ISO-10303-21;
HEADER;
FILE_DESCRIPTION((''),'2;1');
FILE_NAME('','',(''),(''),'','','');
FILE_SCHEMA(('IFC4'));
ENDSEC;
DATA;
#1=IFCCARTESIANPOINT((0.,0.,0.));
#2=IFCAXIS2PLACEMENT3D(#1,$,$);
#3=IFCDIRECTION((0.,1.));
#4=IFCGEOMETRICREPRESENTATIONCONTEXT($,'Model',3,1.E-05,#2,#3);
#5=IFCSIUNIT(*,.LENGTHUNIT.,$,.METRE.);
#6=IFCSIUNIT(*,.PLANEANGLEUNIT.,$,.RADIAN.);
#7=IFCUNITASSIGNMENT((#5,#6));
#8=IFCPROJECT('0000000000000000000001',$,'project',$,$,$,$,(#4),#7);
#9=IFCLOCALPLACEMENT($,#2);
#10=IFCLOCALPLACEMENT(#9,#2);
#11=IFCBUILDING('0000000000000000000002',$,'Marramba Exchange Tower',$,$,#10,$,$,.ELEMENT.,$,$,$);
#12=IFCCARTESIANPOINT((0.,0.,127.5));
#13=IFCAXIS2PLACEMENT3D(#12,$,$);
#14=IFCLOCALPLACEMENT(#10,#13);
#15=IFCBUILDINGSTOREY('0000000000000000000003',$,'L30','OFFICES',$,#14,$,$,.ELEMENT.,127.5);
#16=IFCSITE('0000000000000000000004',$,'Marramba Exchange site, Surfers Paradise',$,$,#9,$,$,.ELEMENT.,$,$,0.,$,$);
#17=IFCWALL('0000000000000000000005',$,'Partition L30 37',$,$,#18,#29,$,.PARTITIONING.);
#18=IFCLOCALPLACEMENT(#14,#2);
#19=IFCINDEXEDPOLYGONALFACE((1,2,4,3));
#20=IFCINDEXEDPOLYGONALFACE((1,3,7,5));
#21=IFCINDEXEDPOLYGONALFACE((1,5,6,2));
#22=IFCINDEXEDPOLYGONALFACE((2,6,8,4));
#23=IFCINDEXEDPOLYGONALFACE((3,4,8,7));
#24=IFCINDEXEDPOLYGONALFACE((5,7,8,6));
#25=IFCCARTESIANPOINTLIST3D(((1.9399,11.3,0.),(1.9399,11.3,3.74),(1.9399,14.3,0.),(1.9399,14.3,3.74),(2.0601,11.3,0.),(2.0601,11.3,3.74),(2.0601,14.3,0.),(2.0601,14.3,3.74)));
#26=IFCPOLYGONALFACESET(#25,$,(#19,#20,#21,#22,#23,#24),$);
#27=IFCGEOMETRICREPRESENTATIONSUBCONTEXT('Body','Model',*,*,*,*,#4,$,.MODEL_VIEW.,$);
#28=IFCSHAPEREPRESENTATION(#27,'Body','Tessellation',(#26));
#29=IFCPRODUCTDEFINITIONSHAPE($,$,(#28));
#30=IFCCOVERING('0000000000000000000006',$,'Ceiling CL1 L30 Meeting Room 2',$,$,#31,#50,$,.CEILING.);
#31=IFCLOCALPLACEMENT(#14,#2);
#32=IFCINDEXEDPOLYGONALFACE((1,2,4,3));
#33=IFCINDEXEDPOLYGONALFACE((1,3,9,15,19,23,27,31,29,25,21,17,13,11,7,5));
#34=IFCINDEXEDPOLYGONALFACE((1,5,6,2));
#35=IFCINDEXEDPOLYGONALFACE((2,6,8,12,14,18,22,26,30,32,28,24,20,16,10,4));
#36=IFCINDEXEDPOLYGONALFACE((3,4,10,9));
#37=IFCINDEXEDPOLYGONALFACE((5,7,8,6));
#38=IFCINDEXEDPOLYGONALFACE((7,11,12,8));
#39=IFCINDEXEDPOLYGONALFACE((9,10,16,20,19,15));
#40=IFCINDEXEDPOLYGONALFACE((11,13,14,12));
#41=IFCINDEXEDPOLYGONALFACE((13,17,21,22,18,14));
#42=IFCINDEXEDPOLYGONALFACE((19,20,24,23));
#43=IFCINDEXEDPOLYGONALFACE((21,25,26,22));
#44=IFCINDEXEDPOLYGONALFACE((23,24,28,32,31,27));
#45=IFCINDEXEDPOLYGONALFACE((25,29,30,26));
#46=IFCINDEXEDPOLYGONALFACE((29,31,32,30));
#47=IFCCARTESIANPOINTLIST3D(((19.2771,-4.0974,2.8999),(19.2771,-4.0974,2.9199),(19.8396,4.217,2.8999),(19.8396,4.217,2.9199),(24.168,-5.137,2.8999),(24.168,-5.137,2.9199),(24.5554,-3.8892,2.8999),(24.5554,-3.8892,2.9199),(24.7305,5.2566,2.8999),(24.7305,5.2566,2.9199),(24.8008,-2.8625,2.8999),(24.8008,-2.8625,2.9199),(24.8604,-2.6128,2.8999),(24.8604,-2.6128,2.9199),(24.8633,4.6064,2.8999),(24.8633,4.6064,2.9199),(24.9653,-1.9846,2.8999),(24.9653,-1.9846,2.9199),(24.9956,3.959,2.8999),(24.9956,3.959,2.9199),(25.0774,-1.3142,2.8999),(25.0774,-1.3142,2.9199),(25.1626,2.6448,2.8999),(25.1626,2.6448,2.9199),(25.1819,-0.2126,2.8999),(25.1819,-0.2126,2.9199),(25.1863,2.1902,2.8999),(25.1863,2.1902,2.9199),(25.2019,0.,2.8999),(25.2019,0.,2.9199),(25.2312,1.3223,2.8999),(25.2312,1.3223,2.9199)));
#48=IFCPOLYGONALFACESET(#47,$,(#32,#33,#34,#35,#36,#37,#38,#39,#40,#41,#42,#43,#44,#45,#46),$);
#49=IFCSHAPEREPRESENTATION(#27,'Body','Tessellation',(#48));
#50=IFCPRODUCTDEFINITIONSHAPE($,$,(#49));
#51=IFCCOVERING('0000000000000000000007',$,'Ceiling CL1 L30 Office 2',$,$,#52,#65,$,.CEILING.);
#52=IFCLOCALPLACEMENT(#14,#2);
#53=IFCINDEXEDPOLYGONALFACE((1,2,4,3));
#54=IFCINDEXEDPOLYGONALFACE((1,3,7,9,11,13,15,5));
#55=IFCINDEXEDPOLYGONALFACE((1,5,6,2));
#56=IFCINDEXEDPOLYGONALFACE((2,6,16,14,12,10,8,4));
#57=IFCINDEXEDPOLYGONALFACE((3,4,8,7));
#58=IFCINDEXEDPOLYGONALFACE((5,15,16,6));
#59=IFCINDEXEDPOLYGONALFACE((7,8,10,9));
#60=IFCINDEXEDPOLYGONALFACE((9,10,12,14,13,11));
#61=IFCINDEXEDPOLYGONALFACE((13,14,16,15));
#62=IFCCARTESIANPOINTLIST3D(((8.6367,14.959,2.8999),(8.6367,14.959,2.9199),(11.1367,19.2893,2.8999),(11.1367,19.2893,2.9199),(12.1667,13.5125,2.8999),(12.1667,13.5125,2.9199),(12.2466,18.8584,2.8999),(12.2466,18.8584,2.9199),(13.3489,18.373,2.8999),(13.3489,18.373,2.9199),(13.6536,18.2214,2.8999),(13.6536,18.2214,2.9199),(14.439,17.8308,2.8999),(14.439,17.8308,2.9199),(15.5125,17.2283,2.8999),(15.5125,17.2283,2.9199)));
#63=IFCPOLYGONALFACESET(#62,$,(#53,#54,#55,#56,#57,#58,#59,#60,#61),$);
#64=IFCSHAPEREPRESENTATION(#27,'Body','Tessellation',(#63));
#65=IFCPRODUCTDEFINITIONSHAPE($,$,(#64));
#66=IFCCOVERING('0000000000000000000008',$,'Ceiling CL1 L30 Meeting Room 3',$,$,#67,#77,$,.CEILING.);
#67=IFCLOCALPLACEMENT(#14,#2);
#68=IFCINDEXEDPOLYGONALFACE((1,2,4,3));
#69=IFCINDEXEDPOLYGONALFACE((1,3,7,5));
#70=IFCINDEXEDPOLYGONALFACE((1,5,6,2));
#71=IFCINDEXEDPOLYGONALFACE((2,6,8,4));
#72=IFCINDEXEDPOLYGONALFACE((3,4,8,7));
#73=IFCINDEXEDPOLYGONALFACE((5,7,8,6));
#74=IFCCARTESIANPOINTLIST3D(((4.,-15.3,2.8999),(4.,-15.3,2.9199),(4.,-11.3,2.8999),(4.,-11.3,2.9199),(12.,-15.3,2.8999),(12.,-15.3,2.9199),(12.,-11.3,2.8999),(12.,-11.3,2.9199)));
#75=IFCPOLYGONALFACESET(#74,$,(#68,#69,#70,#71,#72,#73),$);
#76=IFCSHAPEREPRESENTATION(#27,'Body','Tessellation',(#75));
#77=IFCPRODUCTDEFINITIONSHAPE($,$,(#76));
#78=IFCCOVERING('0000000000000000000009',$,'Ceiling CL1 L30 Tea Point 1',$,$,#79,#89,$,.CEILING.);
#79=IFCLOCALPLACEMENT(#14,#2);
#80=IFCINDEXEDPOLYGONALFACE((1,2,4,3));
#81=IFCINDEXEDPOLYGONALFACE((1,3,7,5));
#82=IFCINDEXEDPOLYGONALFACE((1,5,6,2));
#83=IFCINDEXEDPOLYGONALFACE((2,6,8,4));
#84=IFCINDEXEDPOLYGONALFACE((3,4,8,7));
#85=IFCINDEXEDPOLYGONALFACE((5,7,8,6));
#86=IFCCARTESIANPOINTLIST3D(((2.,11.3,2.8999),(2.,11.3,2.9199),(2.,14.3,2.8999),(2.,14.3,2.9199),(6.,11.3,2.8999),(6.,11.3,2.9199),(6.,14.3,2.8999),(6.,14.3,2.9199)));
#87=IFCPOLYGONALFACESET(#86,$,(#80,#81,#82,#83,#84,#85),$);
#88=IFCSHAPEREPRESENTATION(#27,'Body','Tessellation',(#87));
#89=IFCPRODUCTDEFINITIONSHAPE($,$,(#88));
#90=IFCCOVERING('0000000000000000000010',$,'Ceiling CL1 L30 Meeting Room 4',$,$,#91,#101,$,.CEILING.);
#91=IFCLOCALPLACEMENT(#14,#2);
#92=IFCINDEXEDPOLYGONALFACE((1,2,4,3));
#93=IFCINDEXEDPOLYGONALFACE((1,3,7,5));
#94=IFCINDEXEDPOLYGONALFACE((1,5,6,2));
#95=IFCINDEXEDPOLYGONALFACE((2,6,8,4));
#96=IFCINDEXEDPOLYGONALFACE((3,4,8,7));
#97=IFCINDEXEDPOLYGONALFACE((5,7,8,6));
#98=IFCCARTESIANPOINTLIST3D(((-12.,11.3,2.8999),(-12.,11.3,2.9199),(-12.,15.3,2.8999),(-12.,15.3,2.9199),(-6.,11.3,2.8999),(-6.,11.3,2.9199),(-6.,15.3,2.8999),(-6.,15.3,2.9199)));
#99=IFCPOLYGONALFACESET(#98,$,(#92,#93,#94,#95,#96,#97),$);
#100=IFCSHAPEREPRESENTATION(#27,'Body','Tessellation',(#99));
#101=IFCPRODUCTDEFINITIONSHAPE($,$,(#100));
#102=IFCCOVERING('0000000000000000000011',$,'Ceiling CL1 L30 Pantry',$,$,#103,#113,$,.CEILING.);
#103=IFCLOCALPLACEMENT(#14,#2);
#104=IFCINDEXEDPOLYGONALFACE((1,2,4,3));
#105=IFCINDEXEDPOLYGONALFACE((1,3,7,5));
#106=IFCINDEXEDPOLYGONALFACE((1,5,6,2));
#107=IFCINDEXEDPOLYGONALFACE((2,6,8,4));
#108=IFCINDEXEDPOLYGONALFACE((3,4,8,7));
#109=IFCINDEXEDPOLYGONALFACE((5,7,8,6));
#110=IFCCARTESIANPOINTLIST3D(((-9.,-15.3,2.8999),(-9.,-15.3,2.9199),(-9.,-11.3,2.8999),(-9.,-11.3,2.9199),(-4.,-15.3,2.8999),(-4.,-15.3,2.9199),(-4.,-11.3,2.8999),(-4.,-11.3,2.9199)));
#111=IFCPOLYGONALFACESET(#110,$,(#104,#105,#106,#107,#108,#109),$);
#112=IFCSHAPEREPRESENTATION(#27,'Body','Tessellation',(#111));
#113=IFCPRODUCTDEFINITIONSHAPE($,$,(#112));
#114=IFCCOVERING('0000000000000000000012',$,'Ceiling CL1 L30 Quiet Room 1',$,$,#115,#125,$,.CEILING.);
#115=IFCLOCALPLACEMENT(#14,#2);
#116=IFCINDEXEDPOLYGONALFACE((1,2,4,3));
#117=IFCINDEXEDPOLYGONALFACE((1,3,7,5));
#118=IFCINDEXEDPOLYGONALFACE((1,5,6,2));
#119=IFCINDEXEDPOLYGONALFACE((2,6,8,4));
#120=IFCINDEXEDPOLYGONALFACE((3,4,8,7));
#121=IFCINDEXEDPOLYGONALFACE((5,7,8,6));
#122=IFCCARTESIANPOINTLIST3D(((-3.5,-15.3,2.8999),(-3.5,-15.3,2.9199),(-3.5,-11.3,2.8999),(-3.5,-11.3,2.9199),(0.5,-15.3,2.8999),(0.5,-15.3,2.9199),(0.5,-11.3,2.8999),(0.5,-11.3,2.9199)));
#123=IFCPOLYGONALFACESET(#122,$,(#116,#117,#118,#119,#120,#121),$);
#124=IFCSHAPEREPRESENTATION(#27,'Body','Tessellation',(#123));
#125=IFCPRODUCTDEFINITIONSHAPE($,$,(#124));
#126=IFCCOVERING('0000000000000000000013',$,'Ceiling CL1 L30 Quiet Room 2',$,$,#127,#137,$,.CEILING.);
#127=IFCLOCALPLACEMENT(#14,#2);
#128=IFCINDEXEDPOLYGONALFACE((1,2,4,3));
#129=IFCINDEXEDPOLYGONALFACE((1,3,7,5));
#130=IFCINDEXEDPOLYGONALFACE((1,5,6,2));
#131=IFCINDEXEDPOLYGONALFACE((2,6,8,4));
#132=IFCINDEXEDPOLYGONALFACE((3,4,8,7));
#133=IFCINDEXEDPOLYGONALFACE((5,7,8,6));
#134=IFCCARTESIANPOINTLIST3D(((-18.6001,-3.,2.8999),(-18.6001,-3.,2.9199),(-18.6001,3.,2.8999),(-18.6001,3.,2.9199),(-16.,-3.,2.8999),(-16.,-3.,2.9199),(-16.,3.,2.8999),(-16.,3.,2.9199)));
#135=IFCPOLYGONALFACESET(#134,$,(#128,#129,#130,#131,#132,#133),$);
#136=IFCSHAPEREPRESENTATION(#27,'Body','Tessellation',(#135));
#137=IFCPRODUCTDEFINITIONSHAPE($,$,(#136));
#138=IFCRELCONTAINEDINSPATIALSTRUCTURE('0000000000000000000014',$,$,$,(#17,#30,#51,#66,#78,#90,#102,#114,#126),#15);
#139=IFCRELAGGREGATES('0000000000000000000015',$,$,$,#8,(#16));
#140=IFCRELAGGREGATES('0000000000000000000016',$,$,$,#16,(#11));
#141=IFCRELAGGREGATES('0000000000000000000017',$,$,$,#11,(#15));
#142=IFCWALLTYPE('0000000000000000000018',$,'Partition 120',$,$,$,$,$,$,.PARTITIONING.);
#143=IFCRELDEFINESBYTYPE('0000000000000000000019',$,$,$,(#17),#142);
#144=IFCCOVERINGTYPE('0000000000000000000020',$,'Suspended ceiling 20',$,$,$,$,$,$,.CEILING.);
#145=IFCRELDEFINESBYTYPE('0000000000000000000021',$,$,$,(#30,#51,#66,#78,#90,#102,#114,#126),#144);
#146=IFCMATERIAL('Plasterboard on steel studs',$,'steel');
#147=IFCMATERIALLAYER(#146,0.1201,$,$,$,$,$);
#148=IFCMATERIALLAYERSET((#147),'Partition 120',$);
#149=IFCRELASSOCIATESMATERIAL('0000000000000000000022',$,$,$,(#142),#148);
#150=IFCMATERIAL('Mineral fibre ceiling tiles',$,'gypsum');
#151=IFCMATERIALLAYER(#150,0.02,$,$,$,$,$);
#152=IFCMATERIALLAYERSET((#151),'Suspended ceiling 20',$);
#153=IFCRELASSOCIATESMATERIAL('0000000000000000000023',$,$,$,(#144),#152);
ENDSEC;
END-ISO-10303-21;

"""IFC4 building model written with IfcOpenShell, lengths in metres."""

from ifc_helpers import new_model, si_unit, direction, frame, frame_2d, origin, place, context, subcontext, project, spatial, polyline, rectangle, outline, extrude, material, layer, layer_set, type_object, element, save


model = new_model("IFC4")

# Units and contexts
model_context = context("Model", 3, precision=1e-05, world=origin(), true_north=direction((0.0, 1.0)))
body_context = subcontext(model_context, "Body", "Model", "MODEL_VIEW")
ifc_project = project(units=[si_unit("LENGTHUNIT", "METRE"), si_unit("PLANEANGLEUNIT", "RADIAN")], contexts=[model_context])

# Site, building, storey
site_placement = place(None, origin())
site = spatial("IfcSite", under=ifc_project, at=site_placement, Name="Marramba Exchange site, Surfers Paradise", CompositionType="ELEMENT", RefElevation=0.0)
building_placement = place(site_placement, origin())
building = spatial("IfcBuilding", under=site, at=building_placement, Name="Marramba Exchange Tower", CompositionType="ELEMENT")
storey_placement = place(building_placement, frame((0.0, 0.0, 127.5)))
storey = spatial("IfcBuildingStorey", under=building, at=storey_placement, Name="L30", Description="OFFICES", CompositionType="ELEMENT", Elevation=127.5)

# Shared definitions
ifc_material_1 = material(Name="Plasterboard on steel studs", Category="steel")
ifc_layer_1 = layer(ifc_material_1, 0.1201)
ifc_layer_set_1 = layer_set([ifc_layer_1], Name="Partition 120")
wall_type_1 = type_object("IfcWallType", Name="Partition 120", PredefinedType="PARTITIONING", material=ifc_layer_set_1)

# Wall
wall_1_placement = place(storey_placement, frame((2.0, 14.3, 0.0), z_axis=(0.0, 0.0, 1.0), x_axis=(0.0, -1.0, 0.0)))
element("IfcWall", 1, at=wall_1_placement, inside=storey, type_object=wall_type_1, Name="Partition L30 37", PredefinedType="PARTITIONING", context=body_context, shape_type="SweptSolid", body=[
    extrude(rectangle(XDim=3.0, YDim=0.1201, at=frame_2d((1.5, 0.0))), origin(), (0.0, 0.0, 1.0), 3.74),
])

# Coverings
ifc_material_2 = material(Name="Mineral fibre ceiling tiles", Category="gypsum")
ifc_layer_2 = layer(ifc_material_2, 0.02)
ifc_layer_set_2 = layer_set([ifc_layer_2], Name="Suspended ceiling 20")
covering_type = type_object("IfcCoveringType", Name="Suspended ceiling 20", PredefinedType="CEILING", material=ifc_layer_set_2)
covering_1_placement = place(storey_placement, frame((0.0, 0.0, 2.8999)))
element("IfcCovering", 2, at=covering_1_placement, inside=storey, type_object=covering_type, Name="Ceiling CL1 L30 Meeting Room 2", PredefinedType="CEILING", context=body_context, shape_type="SweptSolid", body=[
    extrude(outline(polyline([(24.8633, 4.6064), (24.9956, 3.959), (25.1626, 2.6448), (25.1863, 2.1902), (25.2312, 1.3223), (25.2019, 0.0), (25.1819, -0.2126), (25.0774, -1.3142), (24.9653, -1.9846), (24.8604, -2.6128), (24.8008, -2.8625), (24.5554, -3.8892), (24.168, -5.137), (19.2771, -4.0974), (19.8396, 4.217), (24.7305, 5.2566), (24.8633, 4.6064)])), origin(), (0.0, 0.0, 1.0), 0.02),
])
covering_2_placement = place(storey_placement, frame((0.0, 0.0, 2.8999)))
element("IfcCovering", 3, at=covering_2_placement, inside=storey, type_object=covering_type, Name="Ceiling CL1 L30 Office 2", PredefinedType="CEILING", context=body_context, shape_type="SweptSolid", body=[
    extrude(outline(polyline([(12.2466, 18.8584), (13.3489, 18.373), (13.6536, 18.2214), (14.439, 17.8308), (15.5125, 17.2283), (12.1667, 13.5125), (8.6367, 14.959), (11.1367, 19.2893), (12.2466, 18.8584)])), origin(), (0.0, 0.0, 1.0), 0.02),
])
covering_3_placement = place(storey_placement, frame((0.0, 0.0, 2.8999)))
element("IfcCovering", 4, at=covering_3_placement, inside=storey, type_object=covering_type, Name="Ceiling CL1 L30 Meeting Room 3", PredefinedType="CEILING", context=body_context, shape_type="SweptSolid", body=[
    extrude(outline(polyline([(12.0, -15.3), (4.0, -15.3), (4.0, -11.3), (12.0, -11.3), (12.0, -15.3)])), origin(), (0.0, 0.0, 1.0), 0.02),
])
covering_4_placement = place(storey_placement, frame((0.0, 0.0, 2.8999)))
element("IfcCovering", 5, at=covering_4_placement, inside=storey, type_object=covering_type, Name="Ceiling CL1 L30 Tea Point 1", PredefinedType="CEILING", context=body_context, shape_type="SweptSolid", body=[
    extrude(outline(polyline([(6.0, 11.3), (2.0, 11.3), (2.0, 14.3), (6.0, 14.3), (6.0, 11.3)])), origin(), (0.0, 0.0, 1.0), 0.02),
])
covering_5_placement = place(storey_placement, frame((0.0, 0.0, 2.8999)))
element("IfcCovering", 6, at=covering_5_placement, inside=storey, type_object=covering_type, Name="Ceiling CL1 L30 Meeting Room 4", PredefinedType="CEILING", context=body_context, shape_type="SweptSolid", body=[
    extrude(outline(polyline([(-6.0, 11.3), (-12.0, 11.3), (-12.0, 15.3), (-6.0, 15.3), (-6.0, 11.3)])), origin(), (0.0, 0.0, 1.0), 0.02),
])
covering_6_placement = place(storey_placement, frame((0.0, 0.0, 2.8999)))
element("IfcCovering", 7, at=covering_6_placement, inside=storey, type_object=covering_type, Name="Ceiling CL1 L30 Pantry", PredefinedType="CEILING", context=body_context, shape_type="SweptSolid", body=[
    extrude(outline(polyline([(-4.0, -15.3), (-9.0, -15.3), (-9.0, -11.3), (-4.0, -11.3), (-4.0, -15.3)])), origin(), (0.0, 0.0, 1.0), 0.02),
])
covering_7_placement = place(storey_placement, frame((0.0, 0.0, 2.8999)))
element("IfcCovering", 8, at=covering_7_placement, inside=storey, type_object=covering_type, Name="Ceiling CL1 L30 Quiet Room 1", PredefinedType="CEILING", context=body_context, shape_type="SweptSolid", body=[
    extrude(outline(polyline([(0.5, -15.3), (-3.5, -15.3), (-3.5, -11.3), (0.5, -11.3), (0.5, -15.3)])), origin(), (0.0, 0.0, 1.0), 0.02),
])
covering_8_placement = place(storey_placement, frame((0.0, 0.0, 2.8999)))
element("IfcCovering", 9, at=covering_8_placement, inside=storey, type_object=covering_type, Name="Ceiling CL1 L30 Quiet Room 2", PredefinedType="CEILING", context=body_context, shape_type="SweptSolid", body=[
    extrude(outline(polyline([(-16.0, -3.0), (-18.6001, -3.0), (-18.6001, 3.0), (-16.0, 3.0), (-16.0, -3.0)])), origin(), (0.0, 0.0, 1.0), 0.02),
])

save(model, "model.ifc")
